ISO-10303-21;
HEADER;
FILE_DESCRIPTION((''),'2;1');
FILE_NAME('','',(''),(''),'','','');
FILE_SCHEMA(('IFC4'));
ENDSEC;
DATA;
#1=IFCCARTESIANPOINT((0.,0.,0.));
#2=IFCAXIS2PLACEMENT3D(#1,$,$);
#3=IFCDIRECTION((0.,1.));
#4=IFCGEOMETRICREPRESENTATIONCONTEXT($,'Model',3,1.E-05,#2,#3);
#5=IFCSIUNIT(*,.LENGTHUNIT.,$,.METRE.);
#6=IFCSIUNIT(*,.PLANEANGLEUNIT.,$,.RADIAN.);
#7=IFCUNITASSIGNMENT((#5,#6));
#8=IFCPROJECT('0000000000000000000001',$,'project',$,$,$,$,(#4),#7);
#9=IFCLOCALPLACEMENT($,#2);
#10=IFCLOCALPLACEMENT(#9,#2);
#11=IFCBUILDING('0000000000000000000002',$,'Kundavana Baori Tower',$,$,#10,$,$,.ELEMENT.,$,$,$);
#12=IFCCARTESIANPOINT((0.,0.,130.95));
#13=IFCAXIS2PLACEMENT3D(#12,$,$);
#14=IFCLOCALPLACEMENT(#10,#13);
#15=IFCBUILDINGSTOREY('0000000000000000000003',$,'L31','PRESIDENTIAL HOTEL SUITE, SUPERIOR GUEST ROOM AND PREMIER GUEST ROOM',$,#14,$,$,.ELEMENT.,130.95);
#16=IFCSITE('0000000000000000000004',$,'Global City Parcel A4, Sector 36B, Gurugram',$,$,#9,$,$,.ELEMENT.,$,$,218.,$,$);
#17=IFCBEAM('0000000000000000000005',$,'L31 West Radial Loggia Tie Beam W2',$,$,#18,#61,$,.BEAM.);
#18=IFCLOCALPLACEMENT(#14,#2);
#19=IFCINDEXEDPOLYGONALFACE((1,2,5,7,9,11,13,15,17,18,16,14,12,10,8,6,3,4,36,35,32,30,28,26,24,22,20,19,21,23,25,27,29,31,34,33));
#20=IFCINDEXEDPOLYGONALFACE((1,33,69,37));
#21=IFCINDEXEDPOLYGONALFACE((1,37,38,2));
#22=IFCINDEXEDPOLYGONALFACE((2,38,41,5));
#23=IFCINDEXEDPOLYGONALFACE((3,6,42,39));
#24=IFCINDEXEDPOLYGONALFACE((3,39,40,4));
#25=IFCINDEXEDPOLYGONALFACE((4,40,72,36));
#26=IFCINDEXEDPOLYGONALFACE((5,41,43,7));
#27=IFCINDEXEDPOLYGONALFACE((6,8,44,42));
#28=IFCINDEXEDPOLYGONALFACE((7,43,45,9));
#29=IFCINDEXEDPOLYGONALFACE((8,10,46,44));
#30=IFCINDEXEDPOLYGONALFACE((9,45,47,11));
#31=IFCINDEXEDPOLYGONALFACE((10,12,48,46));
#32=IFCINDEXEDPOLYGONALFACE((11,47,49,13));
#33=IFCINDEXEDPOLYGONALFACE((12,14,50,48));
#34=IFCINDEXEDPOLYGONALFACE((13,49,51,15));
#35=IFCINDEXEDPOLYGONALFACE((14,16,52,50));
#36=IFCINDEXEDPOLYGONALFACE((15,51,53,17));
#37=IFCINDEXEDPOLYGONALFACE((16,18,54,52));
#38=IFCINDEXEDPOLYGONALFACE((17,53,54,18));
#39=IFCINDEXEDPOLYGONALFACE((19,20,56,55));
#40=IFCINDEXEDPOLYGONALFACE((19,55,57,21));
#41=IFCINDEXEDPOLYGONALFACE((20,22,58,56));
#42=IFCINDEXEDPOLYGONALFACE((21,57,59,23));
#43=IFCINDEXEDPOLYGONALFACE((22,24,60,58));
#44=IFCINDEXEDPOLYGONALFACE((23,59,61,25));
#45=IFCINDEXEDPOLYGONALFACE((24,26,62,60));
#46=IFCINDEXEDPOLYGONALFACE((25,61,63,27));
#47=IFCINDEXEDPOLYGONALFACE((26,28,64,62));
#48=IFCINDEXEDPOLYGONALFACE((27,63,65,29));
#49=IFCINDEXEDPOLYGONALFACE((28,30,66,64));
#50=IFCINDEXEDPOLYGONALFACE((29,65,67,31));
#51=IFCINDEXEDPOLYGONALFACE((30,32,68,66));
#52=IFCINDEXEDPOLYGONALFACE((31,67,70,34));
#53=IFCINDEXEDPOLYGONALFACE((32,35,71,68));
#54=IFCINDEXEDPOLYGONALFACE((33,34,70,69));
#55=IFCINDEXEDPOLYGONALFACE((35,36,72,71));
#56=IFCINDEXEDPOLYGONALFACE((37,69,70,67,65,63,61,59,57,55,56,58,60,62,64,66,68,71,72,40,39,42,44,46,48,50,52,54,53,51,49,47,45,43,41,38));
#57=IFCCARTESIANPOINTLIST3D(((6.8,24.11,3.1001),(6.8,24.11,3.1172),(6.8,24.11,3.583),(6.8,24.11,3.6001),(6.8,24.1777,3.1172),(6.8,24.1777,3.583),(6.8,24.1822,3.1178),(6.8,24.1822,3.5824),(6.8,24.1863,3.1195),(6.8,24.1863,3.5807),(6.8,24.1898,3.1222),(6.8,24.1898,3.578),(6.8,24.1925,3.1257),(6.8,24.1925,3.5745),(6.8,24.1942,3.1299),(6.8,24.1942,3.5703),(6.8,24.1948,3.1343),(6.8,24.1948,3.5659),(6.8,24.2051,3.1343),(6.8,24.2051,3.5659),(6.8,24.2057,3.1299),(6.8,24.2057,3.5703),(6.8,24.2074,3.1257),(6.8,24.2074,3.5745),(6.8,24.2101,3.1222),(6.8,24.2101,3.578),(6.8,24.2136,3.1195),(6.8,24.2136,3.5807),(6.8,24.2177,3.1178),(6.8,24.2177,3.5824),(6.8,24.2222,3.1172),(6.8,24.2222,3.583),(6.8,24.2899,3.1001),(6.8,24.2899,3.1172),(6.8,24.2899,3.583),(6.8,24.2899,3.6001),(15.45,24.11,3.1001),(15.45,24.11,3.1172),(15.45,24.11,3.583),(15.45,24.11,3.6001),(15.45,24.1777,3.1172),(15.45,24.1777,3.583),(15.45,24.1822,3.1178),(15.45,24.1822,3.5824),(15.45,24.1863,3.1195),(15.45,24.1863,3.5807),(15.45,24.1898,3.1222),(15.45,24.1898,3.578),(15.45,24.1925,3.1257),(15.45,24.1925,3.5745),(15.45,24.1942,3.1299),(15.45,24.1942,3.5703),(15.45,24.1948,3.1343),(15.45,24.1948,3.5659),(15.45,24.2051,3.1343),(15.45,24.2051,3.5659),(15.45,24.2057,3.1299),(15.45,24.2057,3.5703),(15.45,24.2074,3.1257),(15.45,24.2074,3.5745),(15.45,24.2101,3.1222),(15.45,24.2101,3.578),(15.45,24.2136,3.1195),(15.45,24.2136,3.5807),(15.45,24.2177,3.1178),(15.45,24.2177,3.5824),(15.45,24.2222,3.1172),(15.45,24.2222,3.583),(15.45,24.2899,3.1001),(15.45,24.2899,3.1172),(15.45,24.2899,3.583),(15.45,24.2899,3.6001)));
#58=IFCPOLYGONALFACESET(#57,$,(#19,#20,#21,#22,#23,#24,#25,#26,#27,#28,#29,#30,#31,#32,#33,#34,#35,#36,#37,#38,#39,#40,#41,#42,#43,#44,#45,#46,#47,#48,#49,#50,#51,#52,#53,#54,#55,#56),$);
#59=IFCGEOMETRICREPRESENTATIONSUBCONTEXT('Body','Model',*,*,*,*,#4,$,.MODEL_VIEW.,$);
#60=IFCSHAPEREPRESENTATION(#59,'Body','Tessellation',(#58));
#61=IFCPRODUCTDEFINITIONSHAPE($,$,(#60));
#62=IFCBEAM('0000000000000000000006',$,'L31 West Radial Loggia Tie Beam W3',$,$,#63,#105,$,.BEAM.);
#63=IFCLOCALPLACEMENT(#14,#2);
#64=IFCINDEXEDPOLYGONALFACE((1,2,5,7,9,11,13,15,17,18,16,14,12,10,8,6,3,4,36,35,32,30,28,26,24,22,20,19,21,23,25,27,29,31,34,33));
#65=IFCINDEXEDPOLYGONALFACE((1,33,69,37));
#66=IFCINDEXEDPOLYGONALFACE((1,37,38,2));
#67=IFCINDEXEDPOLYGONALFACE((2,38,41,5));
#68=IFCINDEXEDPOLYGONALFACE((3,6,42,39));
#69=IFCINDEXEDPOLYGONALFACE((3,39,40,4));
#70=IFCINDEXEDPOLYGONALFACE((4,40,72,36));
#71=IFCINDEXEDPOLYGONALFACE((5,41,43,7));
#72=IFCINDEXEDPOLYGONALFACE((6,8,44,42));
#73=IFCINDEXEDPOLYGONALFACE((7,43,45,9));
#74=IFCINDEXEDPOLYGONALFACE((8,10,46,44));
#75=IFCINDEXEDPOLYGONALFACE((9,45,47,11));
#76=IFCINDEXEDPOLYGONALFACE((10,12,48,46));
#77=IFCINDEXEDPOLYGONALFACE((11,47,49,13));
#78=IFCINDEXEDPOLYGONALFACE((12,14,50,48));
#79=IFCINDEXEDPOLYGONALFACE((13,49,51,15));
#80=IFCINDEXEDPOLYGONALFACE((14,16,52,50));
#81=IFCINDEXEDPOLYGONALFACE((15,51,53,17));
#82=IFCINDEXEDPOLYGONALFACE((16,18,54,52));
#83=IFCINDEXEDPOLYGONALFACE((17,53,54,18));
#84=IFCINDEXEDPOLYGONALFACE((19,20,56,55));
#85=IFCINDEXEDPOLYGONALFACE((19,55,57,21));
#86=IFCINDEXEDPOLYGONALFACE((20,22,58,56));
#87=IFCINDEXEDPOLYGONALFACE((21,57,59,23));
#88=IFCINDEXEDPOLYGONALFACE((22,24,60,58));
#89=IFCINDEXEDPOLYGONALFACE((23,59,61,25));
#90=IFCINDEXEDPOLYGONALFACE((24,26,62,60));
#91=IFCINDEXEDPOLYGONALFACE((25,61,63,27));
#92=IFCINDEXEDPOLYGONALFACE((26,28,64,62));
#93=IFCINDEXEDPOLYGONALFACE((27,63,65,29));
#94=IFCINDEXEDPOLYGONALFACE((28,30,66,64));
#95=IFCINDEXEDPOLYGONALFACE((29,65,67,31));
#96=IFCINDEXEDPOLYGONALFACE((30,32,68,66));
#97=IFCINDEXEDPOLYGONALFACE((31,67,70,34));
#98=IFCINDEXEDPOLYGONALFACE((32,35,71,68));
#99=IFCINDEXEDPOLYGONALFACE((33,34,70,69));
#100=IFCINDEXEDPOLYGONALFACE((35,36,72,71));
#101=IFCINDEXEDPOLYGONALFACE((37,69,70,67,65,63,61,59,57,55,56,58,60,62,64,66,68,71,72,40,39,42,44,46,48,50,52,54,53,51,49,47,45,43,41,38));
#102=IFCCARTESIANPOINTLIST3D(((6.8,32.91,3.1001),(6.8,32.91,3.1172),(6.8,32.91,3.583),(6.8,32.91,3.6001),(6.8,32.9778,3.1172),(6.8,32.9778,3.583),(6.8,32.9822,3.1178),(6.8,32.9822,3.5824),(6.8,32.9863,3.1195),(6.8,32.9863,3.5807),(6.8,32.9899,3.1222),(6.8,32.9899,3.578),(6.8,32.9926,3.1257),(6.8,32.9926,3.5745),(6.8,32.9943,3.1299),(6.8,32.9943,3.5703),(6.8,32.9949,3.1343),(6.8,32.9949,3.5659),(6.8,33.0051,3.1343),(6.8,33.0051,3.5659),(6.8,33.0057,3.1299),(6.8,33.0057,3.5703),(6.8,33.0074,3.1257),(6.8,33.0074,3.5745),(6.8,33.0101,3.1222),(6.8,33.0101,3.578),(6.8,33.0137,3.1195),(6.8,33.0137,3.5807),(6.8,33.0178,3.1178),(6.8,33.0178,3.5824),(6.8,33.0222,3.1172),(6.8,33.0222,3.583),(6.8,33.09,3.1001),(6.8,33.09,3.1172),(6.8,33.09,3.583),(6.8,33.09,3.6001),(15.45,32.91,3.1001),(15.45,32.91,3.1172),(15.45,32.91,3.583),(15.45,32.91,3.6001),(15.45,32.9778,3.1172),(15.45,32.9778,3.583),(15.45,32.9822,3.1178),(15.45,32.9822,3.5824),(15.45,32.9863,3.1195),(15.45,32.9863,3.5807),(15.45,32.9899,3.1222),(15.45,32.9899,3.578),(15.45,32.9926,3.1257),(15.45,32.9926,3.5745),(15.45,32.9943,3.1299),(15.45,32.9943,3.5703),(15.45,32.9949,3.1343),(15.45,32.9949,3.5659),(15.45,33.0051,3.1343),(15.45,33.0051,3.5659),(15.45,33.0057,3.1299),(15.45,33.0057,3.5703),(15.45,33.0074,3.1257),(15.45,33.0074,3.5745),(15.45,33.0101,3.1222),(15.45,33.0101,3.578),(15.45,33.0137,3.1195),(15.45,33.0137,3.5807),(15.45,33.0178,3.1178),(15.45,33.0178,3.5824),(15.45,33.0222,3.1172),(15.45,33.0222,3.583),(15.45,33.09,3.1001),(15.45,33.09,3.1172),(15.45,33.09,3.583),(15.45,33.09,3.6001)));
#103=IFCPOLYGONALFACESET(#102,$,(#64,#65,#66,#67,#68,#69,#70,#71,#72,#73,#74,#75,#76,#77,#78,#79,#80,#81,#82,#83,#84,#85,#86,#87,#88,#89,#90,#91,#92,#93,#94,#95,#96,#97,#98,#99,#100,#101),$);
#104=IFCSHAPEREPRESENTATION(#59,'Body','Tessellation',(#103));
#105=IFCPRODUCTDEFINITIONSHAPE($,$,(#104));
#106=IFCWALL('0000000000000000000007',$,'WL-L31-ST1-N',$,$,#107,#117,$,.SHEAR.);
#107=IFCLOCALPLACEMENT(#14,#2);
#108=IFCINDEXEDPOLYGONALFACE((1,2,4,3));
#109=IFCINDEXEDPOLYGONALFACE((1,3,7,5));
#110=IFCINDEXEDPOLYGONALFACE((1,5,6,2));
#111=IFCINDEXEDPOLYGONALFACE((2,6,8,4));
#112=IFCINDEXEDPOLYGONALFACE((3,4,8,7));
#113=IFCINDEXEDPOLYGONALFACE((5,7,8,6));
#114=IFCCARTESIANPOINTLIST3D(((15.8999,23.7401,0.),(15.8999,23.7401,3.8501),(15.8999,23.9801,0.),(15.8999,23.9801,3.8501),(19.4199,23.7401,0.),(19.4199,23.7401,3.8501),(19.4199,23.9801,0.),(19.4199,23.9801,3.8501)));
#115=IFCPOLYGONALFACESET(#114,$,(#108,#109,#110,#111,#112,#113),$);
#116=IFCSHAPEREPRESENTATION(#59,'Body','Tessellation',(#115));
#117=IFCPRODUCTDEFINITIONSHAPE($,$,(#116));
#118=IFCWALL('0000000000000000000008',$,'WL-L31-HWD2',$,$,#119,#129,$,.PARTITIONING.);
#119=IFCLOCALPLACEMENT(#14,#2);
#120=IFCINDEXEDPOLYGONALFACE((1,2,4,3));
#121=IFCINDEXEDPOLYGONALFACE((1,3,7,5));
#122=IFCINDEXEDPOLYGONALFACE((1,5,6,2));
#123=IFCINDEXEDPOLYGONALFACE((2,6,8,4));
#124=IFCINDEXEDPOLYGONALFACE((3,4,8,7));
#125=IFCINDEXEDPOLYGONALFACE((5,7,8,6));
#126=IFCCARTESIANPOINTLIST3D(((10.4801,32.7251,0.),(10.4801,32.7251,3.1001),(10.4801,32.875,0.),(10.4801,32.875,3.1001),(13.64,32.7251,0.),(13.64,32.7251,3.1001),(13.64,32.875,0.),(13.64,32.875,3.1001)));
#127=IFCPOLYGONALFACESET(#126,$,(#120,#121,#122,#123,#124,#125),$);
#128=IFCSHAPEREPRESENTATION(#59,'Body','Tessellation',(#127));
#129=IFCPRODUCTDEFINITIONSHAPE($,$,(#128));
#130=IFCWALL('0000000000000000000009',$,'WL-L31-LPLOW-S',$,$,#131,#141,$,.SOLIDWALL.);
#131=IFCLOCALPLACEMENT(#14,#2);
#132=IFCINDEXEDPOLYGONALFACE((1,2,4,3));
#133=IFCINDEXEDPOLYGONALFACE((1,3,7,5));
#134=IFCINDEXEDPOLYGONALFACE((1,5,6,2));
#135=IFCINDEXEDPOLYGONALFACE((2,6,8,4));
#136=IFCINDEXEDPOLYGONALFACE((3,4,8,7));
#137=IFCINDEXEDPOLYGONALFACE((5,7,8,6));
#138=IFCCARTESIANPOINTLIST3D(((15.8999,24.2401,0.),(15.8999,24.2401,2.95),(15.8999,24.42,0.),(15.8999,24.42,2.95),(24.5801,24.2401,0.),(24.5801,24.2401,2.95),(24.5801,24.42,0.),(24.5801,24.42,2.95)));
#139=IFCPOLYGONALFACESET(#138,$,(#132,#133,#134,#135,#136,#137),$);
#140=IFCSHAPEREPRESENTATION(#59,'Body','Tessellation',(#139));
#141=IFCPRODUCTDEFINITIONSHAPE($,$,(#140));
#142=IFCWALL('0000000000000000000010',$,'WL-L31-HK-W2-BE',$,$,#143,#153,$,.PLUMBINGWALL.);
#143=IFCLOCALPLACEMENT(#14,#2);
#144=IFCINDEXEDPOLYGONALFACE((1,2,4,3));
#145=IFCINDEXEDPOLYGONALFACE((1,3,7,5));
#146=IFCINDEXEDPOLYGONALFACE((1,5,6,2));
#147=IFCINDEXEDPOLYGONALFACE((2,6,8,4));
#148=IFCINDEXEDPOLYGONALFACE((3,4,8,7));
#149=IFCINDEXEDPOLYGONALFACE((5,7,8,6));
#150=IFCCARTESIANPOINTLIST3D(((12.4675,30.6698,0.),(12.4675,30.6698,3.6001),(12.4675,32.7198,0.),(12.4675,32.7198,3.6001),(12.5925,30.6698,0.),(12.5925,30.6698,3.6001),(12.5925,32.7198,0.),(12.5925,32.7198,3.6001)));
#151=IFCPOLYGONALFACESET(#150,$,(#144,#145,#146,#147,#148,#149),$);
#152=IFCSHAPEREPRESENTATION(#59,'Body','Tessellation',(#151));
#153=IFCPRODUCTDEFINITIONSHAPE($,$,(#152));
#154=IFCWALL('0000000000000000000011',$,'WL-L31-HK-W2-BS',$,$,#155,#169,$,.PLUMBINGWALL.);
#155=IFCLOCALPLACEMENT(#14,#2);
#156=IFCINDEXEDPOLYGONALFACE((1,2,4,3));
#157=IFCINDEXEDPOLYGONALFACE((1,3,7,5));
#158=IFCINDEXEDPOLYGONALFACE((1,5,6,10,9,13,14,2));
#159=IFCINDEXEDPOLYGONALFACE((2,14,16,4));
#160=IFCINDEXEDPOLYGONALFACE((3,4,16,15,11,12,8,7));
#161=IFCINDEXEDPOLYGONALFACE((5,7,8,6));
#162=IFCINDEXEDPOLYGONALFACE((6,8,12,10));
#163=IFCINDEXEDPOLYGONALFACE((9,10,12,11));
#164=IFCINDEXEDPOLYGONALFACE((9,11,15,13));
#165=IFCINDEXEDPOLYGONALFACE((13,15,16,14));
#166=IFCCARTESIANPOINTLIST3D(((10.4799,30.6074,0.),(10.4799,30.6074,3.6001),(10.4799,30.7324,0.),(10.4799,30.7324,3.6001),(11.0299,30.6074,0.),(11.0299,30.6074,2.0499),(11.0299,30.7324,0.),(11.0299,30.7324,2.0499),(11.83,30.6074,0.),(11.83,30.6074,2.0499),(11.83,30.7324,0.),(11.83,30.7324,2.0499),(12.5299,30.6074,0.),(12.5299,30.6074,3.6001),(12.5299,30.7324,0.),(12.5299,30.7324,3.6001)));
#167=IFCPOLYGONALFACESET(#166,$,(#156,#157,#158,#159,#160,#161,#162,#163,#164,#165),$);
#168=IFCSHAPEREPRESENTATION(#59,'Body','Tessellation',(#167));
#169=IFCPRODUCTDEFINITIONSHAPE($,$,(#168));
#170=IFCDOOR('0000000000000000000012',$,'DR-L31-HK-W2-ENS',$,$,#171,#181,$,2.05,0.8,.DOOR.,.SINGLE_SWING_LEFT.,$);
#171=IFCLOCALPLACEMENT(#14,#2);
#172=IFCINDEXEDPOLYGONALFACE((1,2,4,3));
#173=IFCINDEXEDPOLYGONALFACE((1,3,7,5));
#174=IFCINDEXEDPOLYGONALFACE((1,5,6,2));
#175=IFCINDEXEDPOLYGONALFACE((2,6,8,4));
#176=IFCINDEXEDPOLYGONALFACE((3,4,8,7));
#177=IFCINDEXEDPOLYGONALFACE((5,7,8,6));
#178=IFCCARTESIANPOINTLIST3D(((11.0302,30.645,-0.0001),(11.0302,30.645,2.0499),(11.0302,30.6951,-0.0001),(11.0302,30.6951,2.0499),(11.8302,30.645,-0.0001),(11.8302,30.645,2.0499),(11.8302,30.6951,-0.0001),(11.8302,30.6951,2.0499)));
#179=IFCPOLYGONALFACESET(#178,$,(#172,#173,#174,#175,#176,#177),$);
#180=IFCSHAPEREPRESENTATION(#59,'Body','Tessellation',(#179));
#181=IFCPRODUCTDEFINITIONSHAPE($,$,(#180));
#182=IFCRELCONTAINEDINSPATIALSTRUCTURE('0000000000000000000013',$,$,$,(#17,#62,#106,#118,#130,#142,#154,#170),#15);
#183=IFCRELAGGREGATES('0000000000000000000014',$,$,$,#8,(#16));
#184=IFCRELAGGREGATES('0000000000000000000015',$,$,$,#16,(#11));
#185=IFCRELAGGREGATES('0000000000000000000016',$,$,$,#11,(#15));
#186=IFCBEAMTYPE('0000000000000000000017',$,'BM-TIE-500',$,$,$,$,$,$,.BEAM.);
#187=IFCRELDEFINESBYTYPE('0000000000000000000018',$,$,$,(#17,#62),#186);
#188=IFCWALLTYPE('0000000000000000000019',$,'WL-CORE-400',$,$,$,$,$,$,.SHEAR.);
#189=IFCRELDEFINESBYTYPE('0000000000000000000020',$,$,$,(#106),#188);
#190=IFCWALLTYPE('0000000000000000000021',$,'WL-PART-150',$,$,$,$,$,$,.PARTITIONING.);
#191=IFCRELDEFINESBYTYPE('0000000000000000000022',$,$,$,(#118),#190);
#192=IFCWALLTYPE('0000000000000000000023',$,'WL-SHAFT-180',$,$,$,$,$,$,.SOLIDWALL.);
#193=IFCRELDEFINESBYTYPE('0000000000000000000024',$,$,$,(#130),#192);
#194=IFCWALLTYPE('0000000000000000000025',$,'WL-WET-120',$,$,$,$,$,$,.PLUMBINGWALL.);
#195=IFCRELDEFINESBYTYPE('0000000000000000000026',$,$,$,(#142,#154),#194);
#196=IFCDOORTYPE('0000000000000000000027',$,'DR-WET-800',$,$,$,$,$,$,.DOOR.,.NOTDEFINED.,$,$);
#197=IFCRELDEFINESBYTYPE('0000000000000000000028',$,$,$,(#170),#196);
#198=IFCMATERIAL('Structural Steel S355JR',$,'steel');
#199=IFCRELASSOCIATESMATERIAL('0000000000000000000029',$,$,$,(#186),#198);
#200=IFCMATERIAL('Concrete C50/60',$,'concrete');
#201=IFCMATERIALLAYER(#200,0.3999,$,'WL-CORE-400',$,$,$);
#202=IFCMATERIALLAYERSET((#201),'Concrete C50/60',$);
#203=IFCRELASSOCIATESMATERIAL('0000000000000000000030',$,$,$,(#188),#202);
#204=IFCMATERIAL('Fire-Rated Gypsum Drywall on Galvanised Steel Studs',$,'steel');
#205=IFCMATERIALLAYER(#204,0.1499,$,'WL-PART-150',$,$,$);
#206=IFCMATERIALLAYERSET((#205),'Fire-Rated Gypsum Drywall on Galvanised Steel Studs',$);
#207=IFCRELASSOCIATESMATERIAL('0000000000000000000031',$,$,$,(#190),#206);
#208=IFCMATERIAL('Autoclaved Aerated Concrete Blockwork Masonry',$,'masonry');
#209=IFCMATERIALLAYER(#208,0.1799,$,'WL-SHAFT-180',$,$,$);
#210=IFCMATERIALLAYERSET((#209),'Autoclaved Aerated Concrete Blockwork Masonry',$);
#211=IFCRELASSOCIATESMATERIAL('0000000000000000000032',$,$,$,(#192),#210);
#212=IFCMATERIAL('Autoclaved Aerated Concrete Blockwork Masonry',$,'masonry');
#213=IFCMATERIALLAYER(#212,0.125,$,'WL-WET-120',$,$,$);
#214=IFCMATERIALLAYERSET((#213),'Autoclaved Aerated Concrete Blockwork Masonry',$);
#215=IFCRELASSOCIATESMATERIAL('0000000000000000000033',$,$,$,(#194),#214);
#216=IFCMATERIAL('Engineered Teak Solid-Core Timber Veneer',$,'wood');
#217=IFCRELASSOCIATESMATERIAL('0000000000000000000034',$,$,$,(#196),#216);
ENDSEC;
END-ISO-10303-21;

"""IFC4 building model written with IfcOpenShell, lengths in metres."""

from ifc_helpers import new_model, si_unit, direction, frame, frame_2d, origin, origin_2d, place, context, subcontext, project, spatial, rectangle, i_section, extrude, material, layer, layer_set, material_profile, profile_set, type_object, element, fill, save


model = new_model("IFC4")

# Units and contexts
model_context = context("Model", 3, precision=1e-05, world=origin(), true_north=direction((0.0, 1.0)))
body_context = subcontext(model_context, "Body", "Model", "MODEL_VIEW")
ifc_project = project(units=[si_unit("LENGTHUNIT", "METRE"), si_unit("PLANEANGLEUNIT", "RADIAN")], contexts=[model_context])

# Site, building, storey
site_placement = place(None, origin())
site = spatial("IfcSite", under=ifc_project, at=site_placement, Name="Global City Parcel A4, Sector 36B, Gurugram", CompositionType="ELEMENT", RefElevation=218.0)
building_placement = place(site_placement, origin())
building = spatial("IfcBuilding", under=site, at=building_placement, Name="Kundavana Baori Tower", CompositionType="ELEMENT")
storey_placement = place(building_placement, frame((0.0, 0.0, 130.95)))
storey = spatial("IfcBuildingStorey", under=building, at=storey_placement, Name="L31", Description="PRESIDENTIAL HOTEL SUITE, SUPERIOR GUEST ROOM AND PREMIER GUEST ROOM", CompositionType="ELEMENT", Elevation=130.95)

# Beams
ifc_material_1 = material(Name="Structural Steel S355JR", Category="steel")
ifc_material_profile_1 = material_profile(ifc_material_1, i_section(OverallWidth=0.1799, OverallDepth=0.5, WebThickness=0.0103, FlangeThickness=0.0171, FilletRadius=0.0171, at=origin_2d()), Name="ISMB 500")
ifc_profile_set_1 = profile_set([ifc_material_profile_1], Name="Structural Steel S355JR")
beam_type_1 = type_object("IfcBeamType", Name="BM-TIE-500", PredefinedType="BEAM", material=ifc_profile_set_1)
for number, where, z_axis, x_axis, name in (
    (1, (15.45, 24.2, 3.3501), (-1.0, 0.0, 0.0), (0.0, -1.0, 0.0), "L31 West Radial Loggia Tie Beam W2"),
    (2, (15.45, 33.0, 3.3501), (-1.0, 0.0, 0.0), (0.0, -1.0, 0.0), "L31 West Radial Loggia Tie Beam W3"),
):
    element("IfcBeam", number, at=place(storey_placement, frame(where, z_axis=z_axis, x_axis=x_axis)), inside=storey, type_object=beam_type_1, Name=name, PredefinedType="BEAM", context=body_context, shape_type="SweptSolid", body=[
        extrude(i_section(OverallWidth=0.1799, OverallDepth=0.5, WebThickness=0.0103, FlangeThickness=0.0171, FilletRadius=0.0171, at=origin_2d()), origin(), (0.0, 0.0, 1.0), 8.6499),
    ])

# Walls
ifc_material_2 = material(Name="Concrete C50/60", Category="concrete")
ifc_layer_1 = layer(ifc_material_2, 0.3999, Name="WL-CORE-400")
ifc_layer_set_1 = layer_set([ifc_layer_1], Name="Concrete C50/60")
wall_type_1 = type_object("IfcWallType", Name="WL-CORE-400", PredefinedType="SHEAR", material=ifc_layer_set_1)
wall_1_placement = place(storey_placement, frame((15.8999, 23.8601, 0.0), z_axis=(0.0, 0.0, 1.0), x_axis=(1.0, 0.0, 0.0)))
element("IfcWall", 3, at=wall_1_placement, inside=storey, type_object=wall_type_1, Name="WL-L31-ST1-N", PredefinedType="SHEAR", context=body_context, shape_type="SweptSolid", body=[
    extrude(rectangle(XDim=3.52, YDim=0.24, at=frame_2d((1.76, 0.0))), origin(), (0.0, 0.0, 1.0), 3.8501),
])
ifc_material_3 = material(Name="Fire-Rated Gypsum Drywall on Galvanised Steel Studs", Category="steel")
ifc_layer_2 = layer(ifc_material_3, 0.1499, Name="WL-PART-150")
ifc_layer_set_2 = layer_set([ifc_layer_2], Name="Fire-Rated Gypsum Drywall on Galvanised Steel Studs")
wall_type_2 = type_object("IfcWallType", Name="WL-PART-150", PredefinedType="PARTITIONING", material=ifc_layer_set_2)
wall_2_placement = place(storey_placement, frame((10.48, 32.8, 0.0), z_axis=(0.0, 0.0, 1.0), x_axis=(1.0, 0.0, 0.0)))
element("IfcWall", 4, at=wall_2_placement, inside=storey, type_object=wall_type_2, Name="WL-L31-HWD2", PredefinedType="PARTITIONING", context=body_context, shape_type="SweptSolid", body=[
    extrude(rectangle(XDim=3.1599, YDim=0.1499, at=frame_2d((1.5801, 0.0))), origin(), (0.0, 0.0, 1.0), 3.1001),
])
ifc_material_4 = material(Name="Autoclaved Aerated Concrete Blockwork Masonry", Category="masonry")
ifc_layer_3 = layer(ifc_material_4, 0.1799, Name="WL-SHAFT-180")
ifc_layer_set_3 = layer_set([ifc_layer_3], Name="Autoclaved Aerated Concrete Blockwork Masonry")
wall_type_3 = type_object("IfcWallType", Name="WL-SHAFT-180", PredefinedType="SOLIDWALL", material=ifc_layer_set_3)
wall_3_placement = place(storey_placement, frame((15.8999, 24.3301, 0.0), z_axis=(0.0, 0.0, 1.0), x_axis=(1.0, 0.0, 0.0)))
element("IfcWall", 5, at=wall_3_placement, inside=storey, type_object=wall_type_3, Name="WL-L31-LPLOW-S", PredefinedType="SOLIDWALL", context=body_context, shape_type="SweptSolid", body=[
    extrude(rectangle(XDim=8.6802, YDim=0.1799, at=frame_2d((4.3401, 0.0))), origin(), (0.0, 0.0, 1.0), 2.95),
])
ifc_material_5 = material(Name="Autoclaved Aerated Concrete Blockwork Masonry", Category="masonry")
ifc_layer_4 = layer(ifc_material_5, 0.125, Name="WL-WET-120")
ifc_layer_set_4 = layer_set([ifc_layer_4], Name="Autoclaved Aerated Concrete Blockwork Masonry")
wall_type_4 = type_object("IfcWallType", Name="WL-WET-120", PredefinedType="PLUMBINGWALL", material=ifc_layer_set_4)
wall_4_placement = place(storey_placement, frame((12.53, 30.6699, 0.0), z_axis=(0.0, 0.0, 1.0), x_axis=(0.0, 1.0, 0.0)))
element("IfcWall", 6, at=wall_4_placement, inside=storey, type_object=wall_type_4, Name="WL-L31-HK-W2-BE", PredefinedType="PLUMBINGWALL", context=body_context, shape_type="SweptSolid", body=[
    extrude(rectangle(XDim=2.05, YDim=0.125, at=frame_2d((1.0249, 0.0))), origin(), (0.0, 0.0, 1.0), 3.6001),
])

# Wall, opening, door
wall_5_placement = place(storey_placement, frame((10.48, 30.6699, 0.0), z_axis=(0.0, 0.0, 1.0), x_axis=(1.0, 0.0, 0.0)))
wall_5 = element("IfcWall", 7, at=wall_5_placement, inside=storey, type_object=wall_type_4, Name="WL-L31-HK-W2-BS", PredefinedType="PLUMBINGWALL", context=body_context, shape_type="SweptSolid", body=[
    extrude(rectangle(XDim=2.05, YDim=0.125, at=frame_2d((1.0249, 0.0))), origin(), (0.0, 0.0, 1.0), 3.6001),
])
opening_placement = place(wall_5_placement, frame((0.55, 0.0, 0.0)))
opening = element("IfcOpeningElement", 8, at=opening_placement, cuts=wall_5, PredefinedType="OPENING", context=body_context, shape_type="SweptSolid", body=[
    extrude(rectangle(XDim=0.8, YDim=2.05, at=frame_2d((0.3999, 1.0249))), frame((0.0, 0.0725, 0.0), z_axis=(0.0, -1.0, 0.0), x_axis=(1.0, 0.0, 0.0)), (0.0, 0.0, 1.0), 0.145),
])
ifc_material_6 = material(Name="Engineered Teak Solid-Core Timber Veneer", Category="wood")
door_type = type_object("IfcDoorType", Name="DR-WET-800", OperationType="NOTDEFINED", PredefinedType="DOOR", material=ifc_material_6)
door_placement = place(opening_placement, frame((0.8, 0.0, 0.0), z_axis=(0.0, 0.0, 1.0), x_axis=(-1.0, 0.0, 0.0)))
door = element("IfcDoor", 9, at=door_placement, inside=storey, type_object=door_type, Name="DR-L31-HK-W2-ENS", OperationType="SINGLE_SWING_LEFT", OverallHeight=2.05, OverallWidth=0.8, PredefinedType="DOOR", context=body_context, shape_type="SweptSolid", body=[
    extrude(rectangle(XDim=0.8, YDim=2.05, at=frame_2d((0.3999, 1.0249))), frame((0.0, 0.0249, 0.0), z_axis=(0.0, -1.0, 0.0), x_axis=(1.0, 0.0, 0.0)), (0.0, 0.0, 1.0), 0.05),
])
fill(opening, door)

save(model, "model.ifc")
